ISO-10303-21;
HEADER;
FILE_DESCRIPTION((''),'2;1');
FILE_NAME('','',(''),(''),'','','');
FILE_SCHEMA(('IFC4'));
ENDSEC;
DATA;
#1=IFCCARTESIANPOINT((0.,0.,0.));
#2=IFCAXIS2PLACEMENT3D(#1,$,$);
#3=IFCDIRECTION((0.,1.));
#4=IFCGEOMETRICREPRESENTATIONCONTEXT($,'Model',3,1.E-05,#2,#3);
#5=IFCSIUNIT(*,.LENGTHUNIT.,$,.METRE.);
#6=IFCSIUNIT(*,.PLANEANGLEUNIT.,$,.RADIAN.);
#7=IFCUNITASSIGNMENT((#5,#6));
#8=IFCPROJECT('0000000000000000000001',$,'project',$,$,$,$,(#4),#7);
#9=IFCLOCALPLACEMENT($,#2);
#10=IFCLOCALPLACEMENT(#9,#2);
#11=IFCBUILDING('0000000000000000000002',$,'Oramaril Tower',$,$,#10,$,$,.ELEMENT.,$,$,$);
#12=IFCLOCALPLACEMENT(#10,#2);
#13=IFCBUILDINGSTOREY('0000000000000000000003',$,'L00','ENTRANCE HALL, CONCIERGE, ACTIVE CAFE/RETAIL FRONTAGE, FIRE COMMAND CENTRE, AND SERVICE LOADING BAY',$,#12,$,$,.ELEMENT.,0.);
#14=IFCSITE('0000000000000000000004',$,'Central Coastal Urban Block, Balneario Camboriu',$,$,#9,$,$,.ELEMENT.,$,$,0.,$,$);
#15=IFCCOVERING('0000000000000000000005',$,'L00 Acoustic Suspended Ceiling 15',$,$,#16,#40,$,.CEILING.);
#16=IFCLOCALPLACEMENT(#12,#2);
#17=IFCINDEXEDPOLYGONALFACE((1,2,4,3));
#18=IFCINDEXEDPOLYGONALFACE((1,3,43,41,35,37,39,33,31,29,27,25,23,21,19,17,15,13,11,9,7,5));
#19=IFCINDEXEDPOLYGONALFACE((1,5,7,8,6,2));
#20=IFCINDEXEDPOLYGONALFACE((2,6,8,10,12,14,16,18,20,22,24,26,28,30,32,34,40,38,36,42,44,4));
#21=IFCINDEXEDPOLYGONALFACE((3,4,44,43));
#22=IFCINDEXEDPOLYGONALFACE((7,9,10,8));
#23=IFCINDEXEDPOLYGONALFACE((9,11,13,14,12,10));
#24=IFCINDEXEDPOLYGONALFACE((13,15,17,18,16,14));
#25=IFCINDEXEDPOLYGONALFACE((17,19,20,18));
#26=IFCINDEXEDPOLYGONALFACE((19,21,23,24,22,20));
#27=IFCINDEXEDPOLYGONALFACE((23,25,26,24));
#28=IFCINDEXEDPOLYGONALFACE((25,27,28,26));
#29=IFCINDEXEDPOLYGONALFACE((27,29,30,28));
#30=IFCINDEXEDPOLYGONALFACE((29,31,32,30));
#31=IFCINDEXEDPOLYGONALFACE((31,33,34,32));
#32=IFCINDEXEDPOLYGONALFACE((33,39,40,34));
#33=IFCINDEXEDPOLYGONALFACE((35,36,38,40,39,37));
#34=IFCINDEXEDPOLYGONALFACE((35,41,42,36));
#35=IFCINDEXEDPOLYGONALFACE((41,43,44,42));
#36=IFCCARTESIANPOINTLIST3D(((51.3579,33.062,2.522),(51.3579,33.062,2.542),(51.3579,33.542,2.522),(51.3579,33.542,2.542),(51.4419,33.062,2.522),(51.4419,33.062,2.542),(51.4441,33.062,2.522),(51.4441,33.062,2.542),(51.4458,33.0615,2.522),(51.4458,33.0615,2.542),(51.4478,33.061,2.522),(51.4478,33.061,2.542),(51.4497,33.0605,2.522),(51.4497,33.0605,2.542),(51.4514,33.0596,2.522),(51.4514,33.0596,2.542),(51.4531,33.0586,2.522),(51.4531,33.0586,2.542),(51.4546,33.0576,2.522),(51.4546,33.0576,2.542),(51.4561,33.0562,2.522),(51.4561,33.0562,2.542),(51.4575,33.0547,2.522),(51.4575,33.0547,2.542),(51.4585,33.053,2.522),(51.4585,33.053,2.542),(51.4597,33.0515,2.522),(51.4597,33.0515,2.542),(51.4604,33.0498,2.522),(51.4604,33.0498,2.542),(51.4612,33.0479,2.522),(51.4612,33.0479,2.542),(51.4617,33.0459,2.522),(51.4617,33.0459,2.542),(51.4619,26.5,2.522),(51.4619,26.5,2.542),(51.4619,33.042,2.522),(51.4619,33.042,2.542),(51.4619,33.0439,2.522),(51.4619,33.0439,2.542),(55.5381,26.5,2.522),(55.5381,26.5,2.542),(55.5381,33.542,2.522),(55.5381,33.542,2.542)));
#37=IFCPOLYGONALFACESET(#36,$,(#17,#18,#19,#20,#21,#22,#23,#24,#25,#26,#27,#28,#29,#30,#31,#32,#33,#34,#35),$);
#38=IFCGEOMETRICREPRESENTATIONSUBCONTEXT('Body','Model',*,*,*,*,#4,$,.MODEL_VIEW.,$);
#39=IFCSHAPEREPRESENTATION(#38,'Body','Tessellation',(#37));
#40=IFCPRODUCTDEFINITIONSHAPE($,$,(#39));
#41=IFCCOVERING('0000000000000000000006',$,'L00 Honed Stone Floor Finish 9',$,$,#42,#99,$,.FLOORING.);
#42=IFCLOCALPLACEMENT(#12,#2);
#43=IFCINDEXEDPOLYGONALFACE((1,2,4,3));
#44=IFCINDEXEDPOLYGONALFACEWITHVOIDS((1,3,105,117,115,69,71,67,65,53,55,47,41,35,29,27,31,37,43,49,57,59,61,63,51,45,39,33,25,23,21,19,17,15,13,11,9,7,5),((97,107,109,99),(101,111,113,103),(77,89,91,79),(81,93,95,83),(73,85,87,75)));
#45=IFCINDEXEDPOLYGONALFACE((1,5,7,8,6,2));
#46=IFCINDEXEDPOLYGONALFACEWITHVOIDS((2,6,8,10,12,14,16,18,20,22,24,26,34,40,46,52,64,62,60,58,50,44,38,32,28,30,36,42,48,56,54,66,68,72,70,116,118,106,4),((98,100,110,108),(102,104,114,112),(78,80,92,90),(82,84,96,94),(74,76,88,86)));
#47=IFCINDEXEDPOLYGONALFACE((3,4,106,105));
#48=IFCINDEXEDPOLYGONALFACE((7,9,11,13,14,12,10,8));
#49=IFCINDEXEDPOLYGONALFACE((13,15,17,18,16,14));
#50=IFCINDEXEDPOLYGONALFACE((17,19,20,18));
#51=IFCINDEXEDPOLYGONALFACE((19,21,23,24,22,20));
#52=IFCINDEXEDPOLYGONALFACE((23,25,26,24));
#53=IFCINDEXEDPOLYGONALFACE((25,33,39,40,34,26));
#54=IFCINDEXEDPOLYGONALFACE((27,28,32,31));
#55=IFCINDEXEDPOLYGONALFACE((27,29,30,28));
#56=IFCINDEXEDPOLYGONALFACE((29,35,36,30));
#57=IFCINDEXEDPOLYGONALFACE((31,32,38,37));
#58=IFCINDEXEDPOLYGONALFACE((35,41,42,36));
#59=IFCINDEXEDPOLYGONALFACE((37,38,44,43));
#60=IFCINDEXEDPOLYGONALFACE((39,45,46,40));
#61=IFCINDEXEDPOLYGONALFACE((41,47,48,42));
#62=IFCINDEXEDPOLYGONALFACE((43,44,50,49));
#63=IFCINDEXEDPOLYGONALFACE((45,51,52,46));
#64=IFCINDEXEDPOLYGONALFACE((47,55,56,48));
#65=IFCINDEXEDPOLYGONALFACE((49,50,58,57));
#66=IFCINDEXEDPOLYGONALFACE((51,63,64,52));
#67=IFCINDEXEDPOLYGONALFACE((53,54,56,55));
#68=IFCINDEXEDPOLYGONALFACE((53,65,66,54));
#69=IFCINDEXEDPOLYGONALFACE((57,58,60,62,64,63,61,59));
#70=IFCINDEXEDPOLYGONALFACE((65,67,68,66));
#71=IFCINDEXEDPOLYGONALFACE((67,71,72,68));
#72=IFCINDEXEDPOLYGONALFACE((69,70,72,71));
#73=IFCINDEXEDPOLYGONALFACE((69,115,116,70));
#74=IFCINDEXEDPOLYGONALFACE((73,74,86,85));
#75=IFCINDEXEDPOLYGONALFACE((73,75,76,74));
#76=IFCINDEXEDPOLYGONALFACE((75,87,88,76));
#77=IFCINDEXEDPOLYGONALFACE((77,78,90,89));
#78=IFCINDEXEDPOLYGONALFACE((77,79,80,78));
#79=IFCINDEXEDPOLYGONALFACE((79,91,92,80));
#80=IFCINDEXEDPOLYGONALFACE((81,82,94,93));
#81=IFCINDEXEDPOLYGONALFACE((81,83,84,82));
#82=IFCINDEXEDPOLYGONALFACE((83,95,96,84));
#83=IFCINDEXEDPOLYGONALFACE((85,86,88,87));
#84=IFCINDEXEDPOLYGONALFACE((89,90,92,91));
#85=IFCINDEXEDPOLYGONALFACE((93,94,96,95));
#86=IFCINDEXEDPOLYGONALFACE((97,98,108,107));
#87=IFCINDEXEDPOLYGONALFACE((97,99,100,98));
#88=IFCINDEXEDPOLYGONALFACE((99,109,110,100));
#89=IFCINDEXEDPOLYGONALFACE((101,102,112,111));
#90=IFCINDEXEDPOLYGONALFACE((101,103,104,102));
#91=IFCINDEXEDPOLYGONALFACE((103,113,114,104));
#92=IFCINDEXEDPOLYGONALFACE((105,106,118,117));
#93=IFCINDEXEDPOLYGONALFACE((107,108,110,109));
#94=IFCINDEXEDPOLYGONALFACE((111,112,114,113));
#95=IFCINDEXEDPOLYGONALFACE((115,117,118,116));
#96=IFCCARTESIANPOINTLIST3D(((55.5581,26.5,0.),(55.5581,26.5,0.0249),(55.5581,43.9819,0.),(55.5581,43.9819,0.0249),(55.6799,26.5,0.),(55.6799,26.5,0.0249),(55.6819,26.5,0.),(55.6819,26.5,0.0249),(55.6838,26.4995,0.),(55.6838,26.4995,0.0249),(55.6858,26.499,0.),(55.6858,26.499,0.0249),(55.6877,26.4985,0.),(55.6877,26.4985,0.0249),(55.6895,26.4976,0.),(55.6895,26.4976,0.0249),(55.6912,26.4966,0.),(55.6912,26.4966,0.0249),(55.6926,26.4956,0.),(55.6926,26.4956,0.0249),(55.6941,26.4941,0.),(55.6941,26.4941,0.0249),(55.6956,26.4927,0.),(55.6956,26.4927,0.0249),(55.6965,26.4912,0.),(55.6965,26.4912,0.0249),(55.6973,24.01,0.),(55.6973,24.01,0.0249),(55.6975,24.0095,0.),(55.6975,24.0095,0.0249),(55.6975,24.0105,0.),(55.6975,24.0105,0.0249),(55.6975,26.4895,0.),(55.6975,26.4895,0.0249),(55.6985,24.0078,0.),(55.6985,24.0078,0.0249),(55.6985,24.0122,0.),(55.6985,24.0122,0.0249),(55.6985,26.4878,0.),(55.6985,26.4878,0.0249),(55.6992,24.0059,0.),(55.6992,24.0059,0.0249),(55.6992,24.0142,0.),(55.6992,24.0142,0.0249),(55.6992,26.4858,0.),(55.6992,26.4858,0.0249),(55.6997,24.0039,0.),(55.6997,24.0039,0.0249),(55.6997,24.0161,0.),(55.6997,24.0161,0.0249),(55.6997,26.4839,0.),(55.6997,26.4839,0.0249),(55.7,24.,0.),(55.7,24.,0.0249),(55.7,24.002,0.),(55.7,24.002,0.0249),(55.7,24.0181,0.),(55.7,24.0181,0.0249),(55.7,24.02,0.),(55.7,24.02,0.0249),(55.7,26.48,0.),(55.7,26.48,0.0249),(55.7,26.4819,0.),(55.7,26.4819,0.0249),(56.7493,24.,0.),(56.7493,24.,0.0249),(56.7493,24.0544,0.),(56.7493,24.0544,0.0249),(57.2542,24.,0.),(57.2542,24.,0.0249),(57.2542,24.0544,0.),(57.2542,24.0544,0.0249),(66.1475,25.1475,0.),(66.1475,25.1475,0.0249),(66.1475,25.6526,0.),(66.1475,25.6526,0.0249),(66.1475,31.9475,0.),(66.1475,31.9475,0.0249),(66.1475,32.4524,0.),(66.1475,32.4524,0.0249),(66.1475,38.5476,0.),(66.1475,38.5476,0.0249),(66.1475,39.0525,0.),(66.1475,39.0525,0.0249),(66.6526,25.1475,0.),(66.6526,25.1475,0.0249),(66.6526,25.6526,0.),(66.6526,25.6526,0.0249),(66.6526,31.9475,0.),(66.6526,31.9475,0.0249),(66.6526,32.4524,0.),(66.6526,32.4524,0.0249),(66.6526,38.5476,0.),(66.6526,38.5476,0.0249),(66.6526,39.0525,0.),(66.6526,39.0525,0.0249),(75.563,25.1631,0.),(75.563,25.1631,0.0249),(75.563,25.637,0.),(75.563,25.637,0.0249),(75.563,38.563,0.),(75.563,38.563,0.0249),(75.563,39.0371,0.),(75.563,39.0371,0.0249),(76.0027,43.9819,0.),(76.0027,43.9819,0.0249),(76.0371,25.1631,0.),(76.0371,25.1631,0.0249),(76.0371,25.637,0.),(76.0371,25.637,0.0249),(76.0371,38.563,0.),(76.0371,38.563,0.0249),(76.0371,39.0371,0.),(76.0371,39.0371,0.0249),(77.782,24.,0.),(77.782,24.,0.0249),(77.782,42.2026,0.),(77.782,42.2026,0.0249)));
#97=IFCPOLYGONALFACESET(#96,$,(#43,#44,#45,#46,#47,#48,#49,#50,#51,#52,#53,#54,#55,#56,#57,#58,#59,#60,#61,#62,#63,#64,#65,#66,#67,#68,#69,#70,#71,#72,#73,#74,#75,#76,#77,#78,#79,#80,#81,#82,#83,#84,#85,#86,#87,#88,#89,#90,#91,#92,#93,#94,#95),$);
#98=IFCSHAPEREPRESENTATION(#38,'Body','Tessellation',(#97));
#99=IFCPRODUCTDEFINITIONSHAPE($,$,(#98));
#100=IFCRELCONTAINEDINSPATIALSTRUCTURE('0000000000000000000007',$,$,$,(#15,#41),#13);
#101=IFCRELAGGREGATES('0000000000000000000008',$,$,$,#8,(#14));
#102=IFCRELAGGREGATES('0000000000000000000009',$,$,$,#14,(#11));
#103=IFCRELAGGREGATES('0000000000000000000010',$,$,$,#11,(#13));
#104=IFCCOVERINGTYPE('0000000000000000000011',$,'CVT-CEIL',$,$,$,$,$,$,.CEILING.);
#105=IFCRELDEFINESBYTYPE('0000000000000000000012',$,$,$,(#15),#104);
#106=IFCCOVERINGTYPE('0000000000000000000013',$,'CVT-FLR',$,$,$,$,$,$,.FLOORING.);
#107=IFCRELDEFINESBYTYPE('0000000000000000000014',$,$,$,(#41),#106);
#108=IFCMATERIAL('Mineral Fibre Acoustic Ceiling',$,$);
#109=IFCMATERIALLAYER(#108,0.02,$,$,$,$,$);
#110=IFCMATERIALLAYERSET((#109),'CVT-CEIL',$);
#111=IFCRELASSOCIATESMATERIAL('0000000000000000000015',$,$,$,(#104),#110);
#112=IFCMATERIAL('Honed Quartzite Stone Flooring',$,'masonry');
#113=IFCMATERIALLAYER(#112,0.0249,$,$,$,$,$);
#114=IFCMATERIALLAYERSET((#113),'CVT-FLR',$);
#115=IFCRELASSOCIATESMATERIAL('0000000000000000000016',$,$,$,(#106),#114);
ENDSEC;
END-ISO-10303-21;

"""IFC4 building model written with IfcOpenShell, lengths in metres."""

from ifc_helpers import new_model, si_unit, direction, frame, origin, place, context, subcontext, project, spatial, polyline, outline, extrude, material, layer, layer_set, type_object, element, save


model = new_model("IFC4")

# Units and contexts
model_context = context("Model", 3, precision=1e-05, world=origin(), true_north=direction((0.0, 1.0)))
body_context = subcontext(model_context, "Body", "Model", "MODEL_VIEW")
ifc_project = project(units=[si_unit("LENGTHUNIT", "METRE"), si_unit("PLANEANGLEUNIT", "RADIAN")], contexts=[model_context])

# Site, building, storey
site_placement = place(None, origin())
site = spatial("IfcSite", under=ifc_project, at=site_placement, Name="Central Coastal Urban Block, Balneario Camboriu", CompositionType="ELEMENT", RefElevation=0.0)
building_placement = place(site_placement, origin())
building = spatial("IfcBuilding", under=site, at=building_placement, Name="Oramaril Tower", CompositionType="ELEMENT")
storey_placement = place(building_placement, origin())
storey = spatial("IfcBuildingStorey", under=building, at=storey_placement, Name="L00", Description="ENTRANCE HALL, CONCIERGE, ACTIVE CAFE/RETAIL FRONTAGE, FIRE COMMAND CENTRE, AND SERVICE LOADING BAY", CompositionType="ELEMENT", Elevation=0.0)

# Coverings
ifc_material_1 = material(Name="Mineral Fibre Acoustic Ceiling")
ifc_layer_1 = layer(ifc_material_1, 0.02)
ifc_layer_set_1 = layer_set([ifc_layer_1], Name="CVT-CEIL")
covering_type_1 = type_object("IfcCoveringType", Name="CVT-CEIL", PredefinedType="CEILING", material=ifc_layer_set_1)
covering_1_placement = place(storey_placement, frame((0.0, 0.0, 2.522)))
element("IfcCovering", 1, at=covering_1_placement, inside=storey, type_object=covering_type_1, Name="L00 Acoustic Suspended Ceiling 15", PredefinedType="CEILING", context=body_context, shape_type="SweptSolid", body=[
    extrude(outline(polyline([(51.3579, 33.542), (55.5381, 33.542), (55.5381, 26.5), (51.4619, 26.5), (51.4619, 33.042), (51.4619, 33.0439), (51.4617, 33.0459), (51.4612, 33.0479), (51.4604, 33.0498), (51.4597, 33.0515), (51.4585, 33.053), (51.4575, 33.0547), (51.4561, 33.0562), (51.4546, 33.0576), (51.4531, 33.0586), (51.4514, 33.0596), (51.4497, 33.0605), (51.4478, 33.061), (51.4458, 33.0615), (51.4441, 33.062), (51.4419, 33.062), (51.3579, 33.062), (51.3579, 33.542)])), origin(), (0.0, 0.0, 1.0), 0.02),
])
ifc_material_2 = material(Name="Honed Quartzite Stone Flooring", Category="masonry")
ifc_layer_2 = layer(ifc_material_2, 0.0249)
ifc_layer_set_2 = layer_set([ifc_layer_2], Name="CVT-FLR")
covering_type_2 = type_object("IfcCoveringType", Name="CVT-FLR", PredefinedType="FLOORING", material=ifc_layer_set_2)
covering_2_placement = place(storey_placement, origin())
element("IfcCovering", 2, at=covering_2_placement, inside=storey, type_object=covering_type_2, Name="L00 Honed Stone Floor Finish 9", PredefinedType="FLOORING", context=body_context, shape_type="SweptSolid", body=[
    extrude(outline(polyline([(77.782, 42.2026), (77.782, 24.0), (57.2542, 24.0), (57.2542, 24.0544), (56.7493, 24.0544), (56.7493, 24.0), (55.7, 24.0), (55.7, 24.0), (55.7, 24.002), (55.6997, 24.0039), (55.6992, 24.0059), (55.6985, 24.0078), (55.6975, 24.0095), (55.6973, 24.01), (55.6975, 24.0105), (55.6985, 24.0122), (55.6992, 24.0142), (55.6997, 24.0161), (55.7, 24.0181), (55.7, 24.02), (55.7, 26.48), (55.7, 26.4819), (55.6997, 26.4839), (55.6992, 26.4858), (55.6985, 26.4878), (55.6975, 26.4895), (55.6965, 26.4912), (55.6956, 26.4927), (55.6941, 26.4941), (55.6926, 26.4956), (55.6912, 26.4966), (55.6895, 26.4976), (55.6877, 26.4985), (55.6858, 26.499), (55.6838, 26.4995), (55.6819, 26.5), (55.6799, 26.5), (55.5581, 26.5), (55.5581, 43.9819), (76.0027, 43.9819), (77.782, 42.2026)]), holes=[polyline([(66.6526, 25.6526), (66.1475, 25.6526), (66.1475, 25.1475), (66.6526, 25.1475), (66.6526, 25.6526)]), polyline([(76.0371, 25.1631), (76.0371, 25.637), (75.563, 25.637), (75.563, 25.1631), (76.0371, 25.1631)]), polyline([(66.6526, 31.9475), (66.6526, 32.4524), (66.1475, 32.4524), (66.1475, 31.9475), (66.6526, 31.9475)]), polyline([(66.6526, 38.5476), (66.6526, 39.0525), (66.1475, 39.0525), (66.1475, 38.5476), (66.6526, 38.5476)]), polyline([(76.0371, 38.563), (76.0371, 39.0371), (75.563, 39.0371), (75.563, 38.563), (76.0371, 38.563)])]), origin(), (0.0, 0.0, 1.0), 0.0249),
])

save(model, "model.ifc")
